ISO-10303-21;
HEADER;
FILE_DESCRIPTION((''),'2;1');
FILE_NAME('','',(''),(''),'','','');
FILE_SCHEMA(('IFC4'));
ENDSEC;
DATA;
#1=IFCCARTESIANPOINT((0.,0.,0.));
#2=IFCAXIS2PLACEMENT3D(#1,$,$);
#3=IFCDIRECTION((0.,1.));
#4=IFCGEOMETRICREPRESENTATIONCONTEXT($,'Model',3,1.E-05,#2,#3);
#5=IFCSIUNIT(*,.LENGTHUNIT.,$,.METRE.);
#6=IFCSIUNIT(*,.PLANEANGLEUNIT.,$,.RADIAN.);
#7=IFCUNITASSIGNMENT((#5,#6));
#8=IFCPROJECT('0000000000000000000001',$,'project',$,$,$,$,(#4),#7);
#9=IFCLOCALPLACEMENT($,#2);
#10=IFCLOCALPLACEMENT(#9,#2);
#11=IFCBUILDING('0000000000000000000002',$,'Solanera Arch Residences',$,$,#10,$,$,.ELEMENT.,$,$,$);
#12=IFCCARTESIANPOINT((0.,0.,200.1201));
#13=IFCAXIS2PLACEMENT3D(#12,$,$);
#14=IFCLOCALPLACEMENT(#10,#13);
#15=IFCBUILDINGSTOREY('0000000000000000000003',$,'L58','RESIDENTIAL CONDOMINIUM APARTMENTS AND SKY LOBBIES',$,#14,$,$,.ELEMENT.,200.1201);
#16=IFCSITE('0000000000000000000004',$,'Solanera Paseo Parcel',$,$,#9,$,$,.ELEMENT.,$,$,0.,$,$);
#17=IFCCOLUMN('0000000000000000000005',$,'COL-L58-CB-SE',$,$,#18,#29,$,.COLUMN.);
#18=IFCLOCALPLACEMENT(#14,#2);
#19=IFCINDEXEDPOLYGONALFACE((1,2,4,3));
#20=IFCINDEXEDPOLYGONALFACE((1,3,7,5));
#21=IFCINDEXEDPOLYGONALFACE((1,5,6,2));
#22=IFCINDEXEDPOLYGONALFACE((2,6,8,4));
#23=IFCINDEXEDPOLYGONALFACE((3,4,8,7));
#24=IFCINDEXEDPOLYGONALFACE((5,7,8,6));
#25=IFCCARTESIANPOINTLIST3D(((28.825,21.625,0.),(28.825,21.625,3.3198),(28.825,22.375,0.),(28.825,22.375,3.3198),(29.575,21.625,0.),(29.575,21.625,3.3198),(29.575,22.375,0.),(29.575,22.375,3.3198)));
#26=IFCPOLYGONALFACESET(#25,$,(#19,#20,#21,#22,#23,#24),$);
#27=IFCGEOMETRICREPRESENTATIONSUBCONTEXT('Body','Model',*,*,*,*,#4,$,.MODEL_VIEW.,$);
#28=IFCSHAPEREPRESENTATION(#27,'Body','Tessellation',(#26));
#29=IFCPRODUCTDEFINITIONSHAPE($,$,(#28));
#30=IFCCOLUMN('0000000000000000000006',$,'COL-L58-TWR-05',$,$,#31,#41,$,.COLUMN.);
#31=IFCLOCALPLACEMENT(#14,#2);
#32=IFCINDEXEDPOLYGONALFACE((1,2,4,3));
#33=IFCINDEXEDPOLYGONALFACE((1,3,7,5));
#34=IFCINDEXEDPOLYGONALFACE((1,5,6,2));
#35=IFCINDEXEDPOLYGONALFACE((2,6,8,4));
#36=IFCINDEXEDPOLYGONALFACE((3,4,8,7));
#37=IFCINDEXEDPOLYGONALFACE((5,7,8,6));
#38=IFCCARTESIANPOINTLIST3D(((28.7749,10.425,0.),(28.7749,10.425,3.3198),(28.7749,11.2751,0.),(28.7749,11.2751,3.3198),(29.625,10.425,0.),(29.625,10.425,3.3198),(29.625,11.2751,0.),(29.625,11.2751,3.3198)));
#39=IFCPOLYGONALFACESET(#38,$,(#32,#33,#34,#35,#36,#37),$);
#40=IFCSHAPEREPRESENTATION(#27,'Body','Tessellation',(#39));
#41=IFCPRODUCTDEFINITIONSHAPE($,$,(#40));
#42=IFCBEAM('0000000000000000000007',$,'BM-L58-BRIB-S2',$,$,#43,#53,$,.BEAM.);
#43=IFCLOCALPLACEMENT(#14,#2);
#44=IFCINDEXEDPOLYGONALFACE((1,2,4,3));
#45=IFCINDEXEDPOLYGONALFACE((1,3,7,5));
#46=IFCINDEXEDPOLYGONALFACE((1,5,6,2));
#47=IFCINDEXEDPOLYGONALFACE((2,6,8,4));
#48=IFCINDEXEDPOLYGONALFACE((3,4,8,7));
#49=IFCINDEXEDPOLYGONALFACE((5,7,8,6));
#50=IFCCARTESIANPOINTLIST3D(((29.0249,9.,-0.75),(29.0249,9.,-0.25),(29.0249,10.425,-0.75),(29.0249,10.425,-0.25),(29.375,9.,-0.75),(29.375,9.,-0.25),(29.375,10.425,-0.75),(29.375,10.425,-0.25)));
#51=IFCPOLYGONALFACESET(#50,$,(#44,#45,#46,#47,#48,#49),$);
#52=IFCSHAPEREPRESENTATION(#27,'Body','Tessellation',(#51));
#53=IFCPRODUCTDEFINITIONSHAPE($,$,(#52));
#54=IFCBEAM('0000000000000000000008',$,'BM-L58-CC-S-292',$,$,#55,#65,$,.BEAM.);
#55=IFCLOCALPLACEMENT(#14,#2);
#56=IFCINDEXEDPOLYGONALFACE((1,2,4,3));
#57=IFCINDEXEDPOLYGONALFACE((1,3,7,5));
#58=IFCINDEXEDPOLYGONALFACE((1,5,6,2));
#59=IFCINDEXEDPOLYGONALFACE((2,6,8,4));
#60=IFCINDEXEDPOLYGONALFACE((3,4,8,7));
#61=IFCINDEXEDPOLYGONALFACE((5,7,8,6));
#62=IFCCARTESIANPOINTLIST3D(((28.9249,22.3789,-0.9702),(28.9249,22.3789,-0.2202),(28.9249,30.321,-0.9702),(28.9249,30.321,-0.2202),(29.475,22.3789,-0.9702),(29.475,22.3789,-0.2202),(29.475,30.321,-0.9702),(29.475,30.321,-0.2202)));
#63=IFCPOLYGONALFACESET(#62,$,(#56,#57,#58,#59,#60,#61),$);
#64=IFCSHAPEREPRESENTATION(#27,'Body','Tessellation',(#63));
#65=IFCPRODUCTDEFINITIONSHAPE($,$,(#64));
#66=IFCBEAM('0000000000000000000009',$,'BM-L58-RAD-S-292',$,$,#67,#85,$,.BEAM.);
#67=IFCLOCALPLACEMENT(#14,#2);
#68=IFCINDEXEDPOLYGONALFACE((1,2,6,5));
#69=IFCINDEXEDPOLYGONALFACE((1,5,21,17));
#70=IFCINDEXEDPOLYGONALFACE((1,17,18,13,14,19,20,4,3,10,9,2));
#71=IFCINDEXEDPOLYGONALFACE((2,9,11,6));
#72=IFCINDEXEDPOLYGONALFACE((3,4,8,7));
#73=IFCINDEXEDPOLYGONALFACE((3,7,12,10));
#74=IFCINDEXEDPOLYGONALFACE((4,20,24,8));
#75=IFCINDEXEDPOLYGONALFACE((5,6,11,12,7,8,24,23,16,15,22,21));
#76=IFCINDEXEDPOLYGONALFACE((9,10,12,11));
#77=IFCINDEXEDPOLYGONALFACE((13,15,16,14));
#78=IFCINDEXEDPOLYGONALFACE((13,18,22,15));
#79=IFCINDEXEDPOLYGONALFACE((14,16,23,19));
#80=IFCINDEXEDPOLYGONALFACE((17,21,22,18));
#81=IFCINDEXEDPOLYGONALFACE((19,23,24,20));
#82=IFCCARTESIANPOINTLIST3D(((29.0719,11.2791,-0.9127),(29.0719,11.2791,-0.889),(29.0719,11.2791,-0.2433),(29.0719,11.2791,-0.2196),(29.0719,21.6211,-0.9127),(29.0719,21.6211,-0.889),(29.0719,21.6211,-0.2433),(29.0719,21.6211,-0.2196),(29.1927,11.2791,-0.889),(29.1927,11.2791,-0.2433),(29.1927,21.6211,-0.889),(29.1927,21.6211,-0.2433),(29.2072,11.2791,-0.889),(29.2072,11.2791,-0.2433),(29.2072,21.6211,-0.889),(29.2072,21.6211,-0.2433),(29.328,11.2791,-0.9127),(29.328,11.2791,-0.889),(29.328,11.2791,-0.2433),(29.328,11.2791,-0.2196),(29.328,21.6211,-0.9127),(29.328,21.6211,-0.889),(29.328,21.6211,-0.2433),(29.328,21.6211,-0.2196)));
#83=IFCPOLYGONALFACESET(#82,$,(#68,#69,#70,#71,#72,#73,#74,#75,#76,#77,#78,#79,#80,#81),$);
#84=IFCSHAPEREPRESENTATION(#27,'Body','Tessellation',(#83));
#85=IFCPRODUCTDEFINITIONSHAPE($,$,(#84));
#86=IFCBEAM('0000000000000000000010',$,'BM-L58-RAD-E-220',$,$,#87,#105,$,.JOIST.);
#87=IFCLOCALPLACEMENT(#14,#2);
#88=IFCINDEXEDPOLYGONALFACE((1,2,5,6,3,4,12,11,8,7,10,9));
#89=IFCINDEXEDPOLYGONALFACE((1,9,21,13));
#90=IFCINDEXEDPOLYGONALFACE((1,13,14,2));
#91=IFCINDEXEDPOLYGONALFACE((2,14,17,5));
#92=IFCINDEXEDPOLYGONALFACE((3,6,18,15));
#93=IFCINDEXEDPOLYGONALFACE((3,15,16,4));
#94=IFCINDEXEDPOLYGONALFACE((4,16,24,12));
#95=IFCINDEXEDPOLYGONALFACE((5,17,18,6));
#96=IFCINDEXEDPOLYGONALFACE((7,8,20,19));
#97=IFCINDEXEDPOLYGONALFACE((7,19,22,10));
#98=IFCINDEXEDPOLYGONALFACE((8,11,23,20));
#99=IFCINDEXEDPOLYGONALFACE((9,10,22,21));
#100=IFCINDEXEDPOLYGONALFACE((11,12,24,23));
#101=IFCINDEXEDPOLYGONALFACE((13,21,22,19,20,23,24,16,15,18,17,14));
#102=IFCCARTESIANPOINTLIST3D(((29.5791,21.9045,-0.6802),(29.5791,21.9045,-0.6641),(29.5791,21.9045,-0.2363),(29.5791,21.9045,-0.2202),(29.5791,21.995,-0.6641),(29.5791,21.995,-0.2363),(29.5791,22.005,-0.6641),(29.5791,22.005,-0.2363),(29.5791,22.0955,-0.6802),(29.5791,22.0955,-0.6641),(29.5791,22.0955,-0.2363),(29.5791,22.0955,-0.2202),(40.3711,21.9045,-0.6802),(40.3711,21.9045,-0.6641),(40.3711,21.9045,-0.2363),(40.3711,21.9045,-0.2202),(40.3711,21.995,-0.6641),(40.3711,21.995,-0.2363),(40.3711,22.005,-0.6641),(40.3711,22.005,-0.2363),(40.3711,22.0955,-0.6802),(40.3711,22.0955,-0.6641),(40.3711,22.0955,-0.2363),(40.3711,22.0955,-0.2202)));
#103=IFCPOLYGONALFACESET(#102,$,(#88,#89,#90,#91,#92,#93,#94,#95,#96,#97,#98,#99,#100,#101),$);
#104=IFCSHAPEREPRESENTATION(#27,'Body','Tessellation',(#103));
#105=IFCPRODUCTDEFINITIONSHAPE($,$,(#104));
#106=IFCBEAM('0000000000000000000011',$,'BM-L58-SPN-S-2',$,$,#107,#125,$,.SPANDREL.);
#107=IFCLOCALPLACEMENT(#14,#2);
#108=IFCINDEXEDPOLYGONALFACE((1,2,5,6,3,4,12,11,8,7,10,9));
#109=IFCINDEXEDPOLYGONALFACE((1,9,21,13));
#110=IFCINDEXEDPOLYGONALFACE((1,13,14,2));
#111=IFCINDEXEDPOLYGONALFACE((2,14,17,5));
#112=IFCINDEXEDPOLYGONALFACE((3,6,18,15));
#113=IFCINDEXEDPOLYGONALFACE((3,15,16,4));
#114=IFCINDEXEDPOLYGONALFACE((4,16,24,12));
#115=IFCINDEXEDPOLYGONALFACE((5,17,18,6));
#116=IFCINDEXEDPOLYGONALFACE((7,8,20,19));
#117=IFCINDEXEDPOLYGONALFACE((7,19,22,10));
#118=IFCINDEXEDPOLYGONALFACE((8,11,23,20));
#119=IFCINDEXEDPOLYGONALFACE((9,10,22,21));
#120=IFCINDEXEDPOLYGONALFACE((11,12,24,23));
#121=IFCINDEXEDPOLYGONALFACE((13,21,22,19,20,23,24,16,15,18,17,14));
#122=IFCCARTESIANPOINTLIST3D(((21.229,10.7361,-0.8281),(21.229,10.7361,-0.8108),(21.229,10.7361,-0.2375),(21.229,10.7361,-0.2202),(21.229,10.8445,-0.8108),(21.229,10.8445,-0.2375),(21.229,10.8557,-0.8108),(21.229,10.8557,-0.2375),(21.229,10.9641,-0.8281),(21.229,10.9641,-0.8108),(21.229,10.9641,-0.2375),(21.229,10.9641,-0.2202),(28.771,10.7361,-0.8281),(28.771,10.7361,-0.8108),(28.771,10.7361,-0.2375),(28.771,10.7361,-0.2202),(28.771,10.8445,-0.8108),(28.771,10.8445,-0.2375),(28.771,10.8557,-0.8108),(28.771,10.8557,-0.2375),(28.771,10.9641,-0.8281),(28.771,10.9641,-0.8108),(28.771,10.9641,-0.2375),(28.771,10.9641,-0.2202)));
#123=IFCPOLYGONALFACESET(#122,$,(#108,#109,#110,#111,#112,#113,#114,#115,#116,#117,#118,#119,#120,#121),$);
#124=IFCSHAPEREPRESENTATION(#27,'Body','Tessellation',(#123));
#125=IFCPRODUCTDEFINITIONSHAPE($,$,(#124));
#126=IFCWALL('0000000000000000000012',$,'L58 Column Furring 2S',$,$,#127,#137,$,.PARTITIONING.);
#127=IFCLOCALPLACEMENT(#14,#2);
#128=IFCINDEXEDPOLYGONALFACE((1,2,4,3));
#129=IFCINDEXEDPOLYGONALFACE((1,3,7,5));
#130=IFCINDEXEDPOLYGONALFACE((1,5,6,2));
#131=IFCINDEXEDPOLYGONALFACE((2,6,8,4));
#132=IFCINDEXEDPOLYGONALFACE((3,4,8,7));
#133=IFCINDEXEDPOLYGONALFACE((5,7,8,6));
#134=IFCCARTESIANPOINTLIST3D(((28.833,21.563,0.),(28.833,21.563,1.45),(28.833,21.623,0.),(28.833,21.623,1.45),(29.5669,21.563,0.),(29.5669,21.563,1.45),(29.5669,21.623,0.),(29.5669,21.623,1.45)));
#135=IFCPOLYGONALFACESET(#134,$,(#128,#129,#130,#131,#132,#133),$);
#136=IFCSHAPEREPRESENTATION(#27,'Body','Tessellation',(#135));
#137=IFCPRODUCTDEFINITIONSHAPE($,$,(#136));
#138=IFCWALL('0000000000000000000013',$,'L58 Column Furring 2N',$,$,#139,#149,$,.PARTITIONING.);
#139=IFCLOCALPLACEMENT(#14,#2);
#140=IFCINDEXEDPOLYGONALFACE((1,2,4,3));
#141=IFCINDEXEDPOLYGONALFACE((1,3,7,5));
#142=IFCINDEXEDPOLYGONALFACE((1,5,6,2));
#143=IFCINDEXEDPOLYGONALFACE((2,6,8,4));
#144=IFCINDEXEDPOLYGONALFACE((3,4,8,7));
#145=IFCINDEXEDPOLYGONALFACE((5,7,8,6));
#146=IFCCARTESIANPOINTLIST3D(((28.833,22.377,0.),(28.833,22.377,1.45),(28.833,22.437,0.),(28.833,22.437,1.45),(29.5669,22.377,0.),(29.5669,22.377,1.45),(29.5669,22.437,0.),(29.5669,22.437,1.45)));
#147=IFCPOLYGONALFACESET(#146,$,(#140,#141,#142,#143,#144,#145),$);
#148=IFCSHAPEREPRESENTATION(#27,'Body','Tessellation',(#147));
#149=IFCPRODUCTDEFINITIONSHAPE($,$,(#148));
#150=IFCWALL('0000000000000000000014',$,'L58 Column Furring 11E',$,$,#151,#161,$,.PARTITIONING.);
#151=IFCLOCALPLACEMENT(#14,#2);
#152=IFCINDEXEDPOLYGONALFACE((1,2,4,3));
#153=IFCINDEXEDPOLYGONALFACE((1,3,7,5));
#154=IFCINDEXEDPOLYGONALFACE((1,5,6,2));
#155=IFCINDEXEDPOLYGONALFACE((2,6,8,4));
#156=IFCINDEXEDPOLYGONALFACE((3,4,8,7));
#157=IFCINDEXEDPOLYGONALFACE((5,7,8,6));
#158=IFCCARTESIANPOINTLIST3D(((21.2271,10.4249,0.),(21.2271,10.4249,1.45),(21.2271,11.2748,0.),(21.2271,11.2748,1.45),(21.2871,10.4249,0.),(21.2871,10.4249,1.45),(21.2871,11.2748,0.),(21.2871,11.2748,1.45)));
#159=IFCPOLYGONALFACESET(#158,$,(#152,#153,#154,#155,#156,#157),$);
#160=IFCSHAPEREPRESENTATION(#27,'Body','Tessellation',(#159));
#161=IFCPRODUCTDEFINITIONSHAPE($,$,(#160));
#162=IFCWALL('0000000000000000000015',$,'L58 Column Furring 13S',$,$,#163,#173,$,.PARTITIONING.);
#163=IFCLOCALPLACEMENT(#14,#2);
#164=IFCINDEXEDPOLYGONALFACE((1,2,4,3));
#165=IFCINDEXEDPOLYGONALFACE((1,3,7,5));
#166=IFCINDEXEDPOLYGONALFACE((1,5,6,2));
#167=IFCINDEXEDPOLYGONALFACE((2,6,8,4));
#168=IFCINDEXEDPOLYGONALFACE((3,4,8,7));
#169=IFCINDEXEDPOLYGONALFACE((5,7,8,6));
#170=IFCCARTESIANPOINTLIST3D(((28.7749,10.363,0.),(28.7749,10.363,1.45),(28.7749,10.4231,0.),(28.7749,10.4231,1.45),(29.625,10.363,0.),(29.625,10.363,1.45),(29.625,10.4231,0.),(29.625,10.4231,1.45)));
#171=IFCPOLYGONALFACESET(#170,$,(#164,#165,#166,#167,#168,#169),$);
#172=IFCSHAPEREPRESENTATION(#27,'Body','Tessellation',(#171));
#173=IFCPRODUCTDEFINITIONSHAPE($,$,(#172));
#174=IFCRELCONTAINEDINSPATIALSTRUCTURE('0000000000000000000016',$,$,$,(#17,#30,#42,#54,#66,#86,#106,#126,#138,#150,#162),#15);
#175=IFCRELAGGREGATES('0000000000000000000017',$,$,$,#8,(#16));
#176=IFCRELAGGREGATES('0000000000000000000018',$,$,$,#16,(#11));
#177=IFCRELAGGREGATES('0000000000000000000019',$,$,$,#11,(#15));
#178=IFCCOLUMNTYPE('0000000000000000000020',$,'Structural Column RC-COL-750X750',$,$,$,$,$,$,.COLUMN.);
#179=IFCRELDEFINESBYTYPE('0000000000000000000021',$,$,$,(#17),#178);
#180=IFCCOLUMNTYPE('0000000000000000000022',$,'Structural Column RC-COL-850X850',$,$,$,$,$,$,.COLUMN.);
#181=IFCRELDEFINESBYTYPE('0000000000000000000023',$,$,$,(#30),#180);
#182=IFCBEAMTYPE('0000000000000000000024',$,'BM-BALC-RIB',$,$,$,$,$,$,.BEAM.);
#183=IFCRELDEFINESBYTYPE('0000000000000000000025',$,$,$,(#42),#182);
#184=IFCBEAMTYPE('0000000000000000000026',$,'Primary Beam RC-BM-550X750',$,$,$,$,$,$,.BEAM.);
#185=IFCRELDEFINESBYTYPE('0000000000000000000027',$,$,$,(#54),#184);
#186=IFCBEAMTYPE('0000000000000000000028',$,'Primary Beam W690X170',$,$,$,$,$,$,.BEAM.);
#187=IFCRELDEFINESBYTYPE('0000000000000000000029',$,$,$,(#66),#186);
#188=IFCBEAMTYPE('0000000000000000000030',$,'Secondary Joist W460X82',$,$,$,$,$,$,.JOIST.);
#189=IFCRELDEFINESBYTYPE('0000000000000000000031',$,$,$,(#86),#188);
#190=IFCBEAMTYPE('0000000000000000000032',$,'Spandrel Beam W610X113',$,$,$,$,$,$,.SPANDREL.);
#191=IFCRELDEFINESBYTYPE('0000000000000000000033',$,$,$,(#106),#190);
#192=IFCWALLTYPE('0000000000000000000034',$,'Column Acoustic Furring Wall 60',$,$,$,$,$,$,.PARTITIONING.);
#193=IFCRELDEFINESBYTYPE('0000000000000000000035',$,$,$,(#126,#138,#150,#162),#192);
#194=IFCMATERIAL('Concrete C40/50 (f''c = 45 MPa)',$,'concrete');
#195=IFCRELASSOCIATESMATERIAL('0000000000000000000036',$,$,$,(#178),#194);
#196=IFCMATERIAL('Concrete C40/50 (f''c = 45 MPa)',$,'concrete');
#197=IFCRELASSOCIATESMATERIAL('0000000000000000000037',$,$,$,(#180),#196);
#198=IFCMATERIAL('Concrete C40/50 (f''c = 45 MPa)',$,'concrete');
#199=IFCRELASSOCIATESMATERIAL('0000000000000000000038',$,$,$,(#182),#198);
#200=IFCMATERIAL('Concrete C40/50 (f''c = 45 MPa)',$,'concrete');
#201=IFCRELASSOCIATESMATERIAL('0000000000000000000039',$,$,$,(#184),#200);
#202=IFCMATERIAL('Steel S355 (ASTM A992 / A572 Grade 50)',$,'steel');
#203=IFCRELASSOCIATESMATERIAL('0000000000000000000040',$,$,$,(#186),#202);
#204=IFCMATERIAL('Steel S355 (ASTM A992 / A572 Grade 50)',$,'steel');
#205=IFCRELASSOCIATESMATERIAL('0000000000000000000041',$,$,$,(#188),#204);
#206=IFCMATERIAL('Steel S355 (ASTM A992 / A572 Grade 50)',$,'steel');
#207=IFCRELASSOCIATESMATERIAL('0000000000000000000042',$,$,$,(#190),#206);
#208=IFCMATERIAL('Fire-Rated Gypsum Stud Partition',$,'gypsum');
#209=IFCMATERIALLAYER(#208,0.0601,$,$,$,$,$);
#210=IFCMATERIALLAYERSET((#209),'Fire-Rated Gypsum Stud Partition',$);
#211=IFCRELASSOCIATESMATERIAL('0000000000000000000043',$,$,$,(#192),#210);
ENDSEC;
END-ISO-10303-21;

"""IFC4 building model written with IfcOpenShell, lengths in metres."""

from ifc_helpers import new_model, si_unit, direction, frame, frame_2d, origin, origin_2d, place, context, subcontext, project, spatial, rectangle, i_section, extrude, material, layer, layer_set, material_profile, profile_set, type_object, element, save


model = new_model("IFC4")

# Units and contexts
model_context = context("Model", 3, precision=1e-05, world=origin(), true_north=direction((0.0, 1.0)))
body_context = subcontext(model_context, "Body", "Model", "MODEL_VIEW")
ifc_project = project(units=[si_unit("LENGTHUNIT", "METRE"), si_unit("PLANEANGLEUNIT", "RADIAN")], contexts=[model_context])

# Site, building, storey
site_placement = place(None, origin())
site = spatial("IfcSite", under=ifc_project, at=site_placement, Name="Solanera Paseo Parcel", CompositionType="ELEMENT", RefElevation=0.0)
building_placement = place(site_placement, origin())
building = spatial("IfcBuilding", under=site, at=building_placement, Name="Solanera Arch Residences", CompositionType="ELEMENT")
storey_placement = place(building_placement, frame((0.0, 0.0, 200.1201)))
storey = spatial("IfcBuildingStorey", under=building, at=storey_placement, Name="L58", Description="RESIDENTIAL CONDOMINIUM APARTMENTS AND SKY LOBBIES", CompositionType="ELEMENT", Elevation=200.1201)

# Columns
ifc_material_1 = material(Name="Concrete C40/50 (f'c = 45 MPa)", Category="concrete")
ifc_material_profile_1 = material_profile(ifc_material_1, rectangle(XDim=0.75, YDim=0.75, at=origin_2d()))
ifc_profile_set_1 = profile_set([ifc_material_profile_1], Name="Concrete C40/50 (f'c = 45 MPa)")
column_type_1 = type_object("IfcColumnType", Name="Structural Column RC-COL-750X750", PredefinedType="COLUMN", material=ifc_profile_set_1)
column_1_placement = place(storey_placement, frame((29.2, 22.0, 0.0), z_axis=(0.0, 0.0, 1.0), x_axis=(1.0, 0.0, 0.0)))
element("IfcColumn", 1, at=column_1_placement, inside=storey, type_object=column_type_1, Name="COL-L58-CB-SE", PredefinedType="COLUMN", context=body_context, shape_type="SweptSolid", body=[
    extrude(rectangle(XDim=0.75, YDim=0.75, at=origin_2d()), origin(), (0.0, 0.0, 1.0), 3.3198),
])
ifc_material_2 = material(Name="Concrete C40/50 (f'c = 45 MPa)", Category="concrete")
ifc_material_profile_2 = material_profile(ifc_material_2, rectangle(XDim=0.8501, YDim=0.8501, at=origin_2d()))
ifc_profile_set_2 = profile_set([ifc_material_profile_2], Name="Concrete C40/50 (f'c = 45 MPa)")
column_type_2 = type_object("IfcColumnType", Name="Structural Column RC-COL-850X850", PredefinedType="COLUMN", material=ifc_profile_set_2)
column_2_placement = place(storey_placement, frame((29.2, 10.8501, 0.0), z_axis=(0.0, 0.0, 1.0), x_axis=(1.0, 0.0, 0.0)))
element("IfcColumn", 2, at=column_2_placement, inside=storey, type_object=column_type_2, Name="COL-L58-TWR-05", PredefinedType="COLUMN", context=body_context, shape_type="SweptSolid", body=[
    extrude(rectangle(XDim=0.8501, YDim=0.8501, at=origin_2d()), origin(), (0.0, 0.0, 1.0), 3.3198),
])

# Beams
ifc_material_3 = material(Name="Concrete C40/50 (f'c = 45 MPa)", Category="concrete")
ifc_material_profile_3 = material_profile(ifc_material_3, rectangle(XDim=0.3501, YDim=0.5, at=origin_2d()))
ifc_profile_set_3 = profile_set([ifc_material_profile_3], Name="Concrete C40/50 (f'c = 45 MPa)")
beam_type_1 = type_object("IfcBeamType", Name="BM-BALC-RIB", PredefinedType="BEAM", material=ifc_profile_set_3)
beam_1_placement = place(storey_placement, frame((29.2, 9.0, -0.5), z_axis=(0.0, 1.0, 0.0), x_axis=(-1.0, 0.0, 0.0)))
element("IfcBeam", 3, at=beam_1_placement, inside=storey, type_object=beam_type_1, Name="BM-L58-BRIB-S2", PredefinedType="BEAM", context=body_context, shape_type="SweptSolid", body=[
    extrude(rectangle(XDim=0.3501, YDim=0.5, at=origin_2d()), origin(), (0.0, 0.0, 1.0), 1.425),
])
ifc_material_4 = material(Name="Concrete C40/50 (f'c = 45 MPa)", Category="concrete")
ifc_material_profile_4 = material_profile(ifc_material_4, rectangle(XDim=0.55, YDim=0.75, at=origin_2d()))
ifc_profile_set_4 = profile_set([ifc_material_profile_4], Name="Concrete C40/50 (f'c = 45 MPa)")
beam_type_2 = type_object("IfcBeamType", Name="Primary Beam RC-BM-550X750", PredefinedType="BEAM", material=ifc_profile_set_4)
beam_2_placement = place(storey_placement, frame((29.2, 22.3789, -0.5952), z_axis=(0.0, 1.0, 0.0), x_axis=(-1.0, 0.0, 0.0)))
element("IfcBeam", 4, at=beam_2_placement, inside=storey, type_object=beam_type_2, Name="BM-L58-CC-S-292", PredefinedType="BEAM", context=body_context, shape_type="SweptSolid", body=[
    extrude(rectangle(XDim=0.55, YDim=0.75, at=origin_2d()), origin(), (0.0, 0.0, 1.0), 7.9421),
])
ifc_material_5 = material(Name="Steel S355 (ASTM A992 / A572 Grade 50)", Category="steel")
ifc_material_profile_5 = material_profile(ifc_material_5, i_section(OverallWidth=0.2561, OverallDepth=0.6931, WebThickness=0.0144, FlangeThickness=0.0237, at=origin_2d()))
ifc_profile_set_5 = profile_set([ifc_material_profile_5], Name="Steel S355 (ASTM A992 / A572 Grade 50)")
beam_type_3 = type_object("IfcBeamType", Name="Primary Beam W690X170", PredefinedType="BEAM", material=ifc_profile_set_5)
beam_3_placement = place(storey_placement, frame((29.2, 11.2791, -0.5662), z_axis=(0.0, 1.0, 0.0), x_axis=(-1.0, 0.0, 0.0)))
element("IfcBeam", 5, at=beam_3_placement, inside=storey, type_object=beam_type_3, Name="BM-L58-RAD-S-292", PredefinedType="BEAM", context=body_context, shape_type="SweptSolid", body=[
    extrude(i_section(OverallWidth=0.2561, OverallDepth=0.6931, WebThickness=0.0144, FlangeThickness=0.0237, at=origin_2d()), origin(), (0.0, 0.0, 1.0), 10.342),
])
ifc_material_6 = material(Name="Steel S355 (ASTM A992 / A572 Grade 50)", Category="steel")
ifc_material_profile_6 = material_profile(ifc_material_6, i_section(OverallWidth=0.1909, OverallDepth=0.46, WebThickness=0.01, FlangeThickness=0.0161, at=origin_2d()))
ifc_profile_set_6 = profile_set([ifc_material_profile_6], Name="Steel S355 (ASTM A992 / A572 Grade 50)")
beam_type_4 = type_object("IfcBeamType", Name="Secondary Joist W460X82", PredefinedType="JOIST", material=ifc_profile_set_6)
beam_4_placement = place(storey_placement, frame((29.5791, 22.0, -0.4502), z_axis=(1.0, 0.0, 0.0), x_axis=(0.0, 1.0, 0.0)))
element("IfcBeam", 6, at=beam_4_placement, inside=storey, type_object=beam_type_4, Name="BM-L58-RAD-E-220", PredefinedType="JOIST", context=body_context, shape_type="SweptSolid", body=[
    extrude(i_section(OverallWidth=0.1909, OverallDepth=0.46, WebThickness=0.01, FlangeThickness=0.0161, at=origin_2d()), origin(), (0.0, 0.0, 1.0), 10.792),
])
ifc_material_7 = material(Name="Steel S355 (ASTM A992 / A572 Grade 50)", Category="steel")
ifc_material_profile_7 = material_profile(ifc_material_7, i_section(OverallWidth=0.228, OverallDepth=0.6079, WebThickness=0.0112, FlangeThickness=0.0173, at=origin_2d()))
ifc_profile_set_7 = profile_set([ifc_material_profile_7], Name="Steel S355 (ASTM A992 / A572 Grade 50)")
beam_type_5 = type_object("IfcBeamType", Name="Spandrel Beam W610X113", PredefinedType="SPANDREL", material=ifc_profile_set_7)
beam_5_placement = place(storey_placement, frame((21.229, 10.8501, -0.5242), z_axis=(1.0, 0.0, 0.0), x_axis=(0.0, 1.0, 0.0)))
element("IfcBeam", 7, at=beam_5_placement, inside=storey, type_object=beam_type_5, Name="BM-L58-SPN-S-2", PredefinedType="SPANDREL", context=body_context, shape_type="SweptSolid", body=[
    extrude(i_section(OverallWidth=0.228, OverallDepth=0.6079, WebThickness=0.0112, FlangeThickness=0.0173, at=origin_2d()), origin(), (0.0, 0.0, 1.0), 7.542),
])

# Walls
ifc_material_8 = material(Name="Fire-Rated Gypsum Stud Partition", Category="gypsum")
ifc_layer_1 = layer(ifc_material_8, 0.0601)
ifc_layer_set_1 = layer_set([ifc_layer_1], Name="Fire-Rated Gypsum Stud Partition")
wall_type_1 = type_object("IfcWallType", Name="Column Acoustic Furring Wall 60", PredefinedType="PARTITIONING", material=ifc_layer_set_1)
for number, where, z_axis, x_axis, name in (
    (8, (28.833, 21.593, 0.0), (0.0, 0.0, 1.0), (1.0, 0.0, 0.0), "L58 Column Furring 2S"),
    (9, (28.833, 22.407, 0.0), (0.0, 0.0, 1.0), (1.0, 0.0, 0.0), "L58 Column Furring 2N"),
):
    element("IfcWall", number, at=place(storey_placement, frame(where, z_axis=z_axis, x_axis=x_axis)), inside=storey, type_object=wall_type_1, Name=name, PredefinedType="PARTITIONING", context=body_context, shape_type="SweptSolid", body=[
        extrude(rectangle(XDim=0.7339, YDim=0.0601, at=frame_2d((0.3669, 0.0))), origin(), (0.0, 0.0, 1.0), 1.45),
    ])
wall_1_placement = place(storey_placement, frame((21.2571, 10.425, 0.0), z_axis=(0.0, 0.0, 1.0), x_axis=(0.0, 1.0, 0.0)))
element("IfcWall", 10, at=wall_1_placement, inside=storey, type_object=wall_type_1, Name="L58 Column Furring 11E", PredefinedType="PARTITIONING", context=body_context, shape_type="SweptSolid", body=[
    extrude(rectangle(XDim=0.8499, YDim=0.0601, at=frame_2d((0.4248, 0.0))), origin(), (0.0, 0.0, 1.0), 1.45),
])
for number, where, z_axis, x_axis, name in (
    (11, (28.7749, 10.3931, 0.0), (0.0, 0.0, 1.0), (1.0, 0.0, 0.0), "L58 Column Furring 13S"),
):
    element("IfcWall", number, at=place(storey_placement, frame(where, z_axis=z_axis, x_axis=x_axis)), inside=storey, type_object=wall_type_1, Name=name, PredefinedType="PARTITIONING", context=body_context, shape_type="SweptSolid", body=[
        extrude(rectangle(XDim=0.8501, YDim=0.0601, at=frame_2d((0.425, 0.0))), origin(), (0.0, 0.0, 1.0), 1.45),
    ])

save(model, "model.ifc")
